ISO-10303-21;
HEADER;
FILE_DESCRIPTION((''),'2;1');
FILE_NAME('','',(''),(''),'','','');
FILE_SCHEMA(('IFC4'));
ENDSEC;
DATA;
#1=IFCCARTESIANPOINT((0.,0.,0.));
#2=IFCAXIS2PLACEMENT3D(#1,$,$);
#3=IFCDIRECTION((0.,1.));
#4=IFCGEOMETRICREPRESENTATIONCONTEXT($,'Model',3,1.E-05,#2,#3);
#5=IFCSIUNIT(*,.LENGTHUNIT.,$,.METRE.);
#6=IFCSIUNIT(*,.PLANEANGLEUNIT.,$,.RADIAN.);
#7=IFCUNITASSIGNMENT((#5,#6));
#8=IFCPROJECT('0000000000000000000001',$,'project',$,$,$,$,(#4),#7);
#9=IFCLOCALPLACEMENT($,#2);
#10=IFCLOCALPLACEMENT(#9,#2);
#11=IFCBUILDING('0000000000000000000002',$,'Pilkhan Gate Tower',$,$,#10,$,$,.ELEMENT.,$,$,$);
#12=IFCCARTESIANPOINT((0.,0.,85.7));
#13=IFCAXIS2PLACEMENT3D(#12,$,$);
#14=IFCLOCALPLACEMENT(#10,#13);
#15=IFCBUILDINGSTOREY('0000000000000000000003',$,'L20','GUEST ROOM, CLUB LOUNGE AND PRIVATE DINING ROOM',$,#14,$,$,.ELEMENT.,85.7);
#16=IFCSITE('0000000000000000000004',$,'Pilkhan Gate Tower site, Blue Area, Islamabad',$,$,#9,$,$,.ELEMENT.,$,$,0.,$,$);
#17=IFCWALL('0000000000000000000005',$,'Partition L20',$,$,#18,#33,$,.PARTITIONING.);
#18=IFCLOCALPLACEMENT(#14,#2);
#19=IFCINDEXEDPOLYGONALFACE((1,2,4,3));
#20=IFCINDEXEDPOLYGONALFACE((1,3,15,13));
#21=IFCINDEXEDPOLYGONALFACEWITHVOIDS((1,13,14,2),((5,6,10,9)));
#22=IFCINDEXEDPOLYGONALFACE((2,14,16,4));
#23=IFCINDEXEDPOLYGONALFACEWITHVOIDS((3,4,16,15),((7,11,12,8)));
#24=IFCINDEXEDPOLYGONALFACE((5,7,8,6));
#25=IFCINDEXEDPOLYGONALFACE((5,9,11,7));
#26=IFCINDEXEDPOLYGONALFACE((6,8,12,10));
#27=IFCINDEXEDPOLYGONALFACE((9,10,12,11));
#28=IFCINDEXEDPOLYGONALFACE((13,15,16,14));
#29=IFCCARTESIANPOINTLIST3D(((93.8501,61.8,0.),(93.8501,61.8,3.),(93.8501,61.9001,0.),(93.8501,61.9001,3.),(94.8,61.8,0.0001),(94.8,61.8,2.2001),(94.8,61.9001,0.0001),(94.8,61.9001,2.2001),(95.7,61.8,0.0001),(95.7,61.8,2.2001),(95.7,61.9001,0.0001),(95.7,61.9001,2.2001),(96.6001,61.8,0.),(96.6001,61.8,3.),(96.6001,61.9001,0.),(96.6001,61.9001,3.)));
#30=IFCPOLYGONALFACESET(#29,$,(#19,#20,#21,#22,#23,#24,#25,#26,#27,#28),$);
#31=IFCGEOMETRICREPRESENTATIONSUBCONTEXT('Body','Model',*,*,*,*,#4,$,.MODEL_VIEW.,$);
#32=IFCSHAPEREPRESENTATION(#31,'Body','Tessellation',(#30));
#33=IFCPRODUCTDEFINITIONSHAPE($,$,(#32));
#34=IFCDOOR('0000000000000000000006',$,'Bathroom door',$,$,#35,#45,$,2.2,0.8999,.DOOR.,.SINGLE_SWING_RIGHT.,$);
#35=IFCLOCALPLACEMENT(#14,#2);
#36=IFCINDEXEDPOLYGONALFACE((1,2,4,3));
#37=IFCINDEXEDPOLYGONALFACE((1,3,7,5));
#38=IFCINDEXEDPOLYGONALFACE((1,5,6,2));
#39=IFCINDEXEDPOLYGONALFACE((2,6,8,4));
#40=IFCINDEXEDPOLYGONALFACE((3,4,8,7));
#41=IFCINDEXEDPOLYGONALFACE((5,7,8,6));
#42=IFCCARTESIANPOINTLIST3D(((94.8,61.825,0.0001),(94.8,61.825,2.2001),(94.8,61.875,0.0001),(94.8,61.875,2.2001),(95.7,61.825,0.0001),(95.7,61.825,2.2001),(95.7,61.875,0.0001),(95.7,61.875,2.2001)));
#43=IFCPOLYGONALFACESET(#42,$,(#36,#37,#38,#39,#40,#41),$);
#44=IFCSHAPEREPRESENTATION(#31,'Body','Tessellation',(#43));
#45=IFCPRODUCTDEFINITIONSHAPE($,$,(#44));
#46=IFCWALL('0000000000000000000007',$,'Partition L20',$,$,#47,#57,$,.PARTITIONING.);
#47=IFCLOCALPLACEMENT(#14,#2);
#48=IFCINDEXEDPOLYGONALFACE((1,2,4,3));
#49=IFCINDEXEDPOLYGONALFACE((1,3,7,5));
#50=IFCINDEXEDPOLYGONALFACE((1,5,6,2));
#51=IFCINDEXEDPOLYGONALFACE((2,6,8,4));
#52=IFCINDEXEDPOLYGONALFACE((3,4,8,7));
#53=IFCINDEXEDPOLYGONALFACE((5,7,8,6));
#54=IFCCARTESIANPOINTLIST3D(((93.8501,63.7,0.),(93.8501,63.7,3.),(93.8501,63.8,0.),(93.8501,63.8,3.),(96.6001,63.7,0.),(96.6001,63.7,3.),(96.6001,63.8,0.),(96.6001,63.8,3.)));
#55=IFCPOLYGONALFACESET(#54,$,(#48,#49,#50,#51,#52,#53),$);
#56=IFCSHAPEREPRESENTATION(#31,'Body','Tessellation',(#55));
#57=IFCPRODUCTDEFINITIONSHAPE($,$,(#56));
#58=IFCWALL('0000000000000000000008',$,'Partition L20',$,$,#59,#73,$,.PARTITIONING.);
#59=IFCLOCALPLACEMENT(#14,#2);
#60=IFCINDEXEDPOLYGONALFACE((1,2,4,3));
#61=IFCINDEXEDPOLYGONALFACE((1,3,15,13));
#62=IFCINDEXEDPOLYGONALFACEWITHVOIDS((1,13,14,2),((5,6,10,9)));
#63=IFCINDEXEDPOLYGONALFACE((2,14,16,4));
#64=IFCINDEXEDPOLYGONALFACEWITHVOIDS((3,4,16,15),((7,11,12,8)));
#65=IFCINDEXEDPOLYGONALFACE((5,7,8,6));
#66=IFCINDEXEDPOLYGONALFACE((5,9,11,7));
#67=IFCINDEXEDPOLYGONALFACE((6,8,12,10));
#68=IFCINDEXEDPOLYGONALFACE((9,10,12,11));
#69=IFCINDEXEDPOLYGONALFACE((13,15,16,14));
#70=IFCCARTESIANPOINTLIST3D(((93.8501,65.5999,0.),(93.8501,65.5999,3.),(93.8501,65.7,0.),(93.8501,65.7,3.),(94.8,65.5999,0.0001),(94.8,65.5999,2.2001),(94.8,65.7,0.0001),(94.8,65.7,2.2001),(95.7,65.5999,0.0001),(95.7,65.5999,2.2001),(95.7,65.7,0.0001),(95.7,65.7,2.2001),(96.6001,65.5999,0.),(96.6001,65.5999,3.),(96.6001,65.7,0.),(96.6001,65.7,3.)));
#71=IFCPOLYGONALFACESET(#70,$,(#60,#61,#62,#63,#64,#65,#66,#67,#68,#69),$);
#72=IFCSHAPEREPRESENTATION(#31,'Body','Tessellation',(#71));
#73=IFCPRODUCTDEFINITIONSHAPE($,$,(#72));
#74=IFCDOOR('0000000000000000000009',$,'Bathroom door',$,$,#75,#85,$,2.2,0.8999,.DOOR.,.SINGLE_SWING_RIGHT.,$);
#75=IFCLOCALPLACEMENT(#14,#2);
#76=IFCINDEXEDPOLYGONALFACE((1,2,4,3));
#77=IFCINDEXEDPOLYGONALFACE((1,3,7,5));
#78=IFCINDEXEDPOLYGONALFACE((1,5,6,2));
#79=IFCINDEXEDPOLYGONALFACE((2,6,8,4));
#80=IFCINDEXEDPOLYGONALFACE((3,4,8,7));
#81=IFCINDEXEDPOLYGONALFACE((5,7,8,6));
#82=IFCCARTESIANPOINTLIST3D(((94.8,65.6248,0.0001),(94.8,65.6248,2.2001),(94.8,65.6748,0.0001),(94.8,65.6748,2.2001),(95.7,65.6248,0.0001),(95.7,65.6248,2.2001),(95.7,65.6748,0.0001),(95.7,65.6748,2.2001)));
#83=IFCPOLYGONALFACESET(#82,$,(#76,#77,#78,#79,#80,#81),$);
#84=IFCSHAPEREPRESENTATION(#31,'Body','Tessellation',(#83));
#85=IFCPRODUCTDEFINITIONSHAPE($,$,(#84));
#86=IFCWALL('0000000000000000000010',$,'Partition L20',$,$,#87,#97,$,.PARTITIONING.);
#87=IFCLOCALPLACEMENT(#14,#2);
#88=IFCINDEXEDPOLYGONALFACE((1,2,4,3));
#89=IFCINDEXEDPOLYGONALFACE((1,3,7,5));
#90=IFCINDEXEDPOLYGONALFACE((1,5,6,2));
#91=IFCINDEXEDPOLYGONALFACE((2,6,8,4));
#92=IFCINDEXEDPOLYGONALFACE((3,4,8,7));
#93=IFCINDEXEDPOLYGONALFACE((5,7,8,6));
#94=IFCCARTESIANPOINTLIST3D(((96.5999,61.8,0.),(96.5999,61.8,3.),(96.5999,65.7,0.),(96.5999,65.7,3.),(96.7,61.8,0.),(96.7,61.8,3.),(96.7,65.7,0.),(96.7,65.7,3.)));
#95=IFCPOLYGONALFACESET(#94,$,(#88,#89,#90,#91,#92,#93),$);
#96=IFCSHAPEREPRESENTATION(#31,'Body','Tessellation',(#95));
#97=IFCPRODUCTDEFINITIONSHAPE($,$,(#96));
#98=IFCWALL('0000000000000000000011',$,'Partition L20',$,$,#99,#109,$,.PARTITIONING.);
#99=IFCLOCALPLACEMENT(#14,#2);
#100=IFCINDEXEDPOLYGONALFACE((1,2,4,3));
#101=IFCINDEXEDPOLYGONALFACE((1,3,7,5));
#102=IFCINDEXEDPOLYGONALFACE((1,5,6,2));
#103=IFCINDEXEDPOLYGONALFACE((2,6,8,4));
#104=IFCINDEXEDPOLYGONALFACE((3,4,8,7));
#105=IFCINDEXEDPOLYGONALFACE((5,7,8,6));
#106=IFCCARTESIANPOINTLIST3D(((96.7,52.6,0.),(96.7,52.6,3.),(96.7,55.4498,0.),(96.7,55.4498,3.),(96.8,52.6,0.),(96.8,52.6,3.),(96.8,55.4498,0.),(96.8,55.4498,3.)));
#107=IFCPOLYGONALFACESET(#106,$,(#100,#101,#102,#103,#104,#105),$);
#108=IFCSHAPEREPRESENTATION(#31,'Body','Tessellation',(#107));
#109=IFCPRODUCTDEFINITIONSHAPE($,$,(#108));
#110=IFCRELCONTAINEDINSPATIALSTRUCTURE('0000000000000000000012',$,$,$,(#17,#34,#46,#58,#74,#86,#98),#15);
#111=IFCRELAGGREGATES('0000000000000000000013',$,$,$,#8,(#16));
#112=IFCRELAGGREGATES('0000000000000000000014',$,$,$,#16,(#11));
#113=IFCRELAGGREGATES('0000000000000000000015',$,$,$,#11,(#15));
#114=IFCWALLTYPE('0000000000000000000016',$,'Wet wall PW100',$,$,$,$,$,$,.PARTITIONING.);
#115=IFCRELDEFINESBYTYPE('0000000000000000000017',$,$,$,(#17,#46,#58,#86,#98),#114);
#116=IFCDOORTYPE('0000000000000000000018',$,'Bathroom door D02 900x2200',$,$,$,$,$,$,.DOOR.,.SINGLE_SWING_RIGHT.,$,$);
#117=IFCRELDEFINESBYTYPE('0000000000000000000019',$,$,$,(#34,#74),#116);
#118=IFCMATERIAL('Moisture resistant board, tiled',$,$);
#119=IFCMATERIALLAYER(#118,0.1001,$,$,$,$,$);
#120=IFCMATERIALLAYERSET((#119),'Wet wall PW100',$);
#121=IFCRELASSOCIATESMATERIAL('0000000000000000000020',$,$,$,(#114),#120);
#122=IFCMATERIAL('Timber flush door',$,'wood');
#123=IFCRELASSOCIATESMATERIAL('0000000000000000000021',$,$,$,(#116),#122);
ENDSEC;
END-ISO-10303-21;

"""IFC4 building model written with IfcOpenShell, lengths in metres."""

from ifc_helpers import new_model, si_unit, direction, frame, frame_2d, origin, place, context, subcontext, project, spatial, rectangle, extrude, material, layer, layer_set, type_object, element, fill, save


model = new_model("IFC4")

# Units and contexts
model_context = context("Model", 3, precision=1e-05, world=origin(), true_north=direction((0.0, 1.0)))
body_context = subcontext(model_context, "Body", "Model", "MODEL_VIEW")
ifc_project = project(units=[si_unit("LENGTHUNIT", "METRE"), si_unit("PLANEANGLEUNIT", "RADIAN")], contexts=[model_context])

# Site, building, storey
site_placement = place(None, origin())
site = spatial("IfcSite", under=ifc_project, at=site_placement, Name="Pilkhan Gate Tower site, Blue Area, Islamabad", CompositionType="ELEMENT", RefElevation=0.0)
building_placement = place(site_placement, origin())
building = spatial("IfcBuilding", under=site, at=building_placement, Name="Pilkhan Gate Tower", CompositionType="ELEMENT")
storey_placement = place(building_placement, frame((0.0, 0.0, 85.7)))
storey = spatial("IfcBuildingStorey", under=building, at=storey_placement, Name="L20", Description="GUEST ROOM, CLUB LOUNGE AND PRIVATE DINING ROOM", CompositionType="ELEMENT", Elevation=85.7)

# Wall, opening, door
ifc_material_1 = material(Name="Moisture resistant board, tiled")
ifc_layer_1 = layer(ifc_material_1, 0.1001)
ifc_layer_set_1 = layer_set([ifc_layer_1], Name="Wet wall PW100")
wall_type_1 = type_object("IfcWallType", Name="Wet wall PW100", PredefinedType="PARTITIONING", material=ifc_layer_set_1)
ifc_material_2 = material(Name="Timber flush door", Category="wood")
door_type = type_object("IfcDoorType", Name="Bathroom door D02 900x2200", OperationType="SINGLE_SWING_RIGHT", PredefinedType="DOOR", material=ifc_material_2)
wall_1_placement = place(storey_placement, frame((93.8501, 61.8501, 0.0), z_axis=(0.0, 0.0, 1.0), x_axis=(1.0, 0.0, 0.0)))
wall_1 = element("IfcWall", 1, at=wall_1_placement, inside=storey, type_object=wall_type_1, Name="Partition L20", PredefinedType="PARTITIONING", context=body_context, shape_type="SweptSolid", body=[
    extrude(rectangle(XDim=2.75, YDim=0.1001, at=frame_2d((1.375, 0.0))), origin(), (0.0, 0.0, 1.0), 3.0),
])
opening_1_placement = place(wall_1_placement, frame((0.95, 0.0, 0.0)))
opening_1 = element("IfcOpeningElement", 2, at=opening_1_placement, cuts=wall_1, PredefinedType="OPENING", context=body_context, shape_type="SweptSolid", body=[
    extrude(rectangle(XDim=0.8999, YDim=2.2, at=frame_2d((0.45, 1.1001))), frame((0.0, 0.0601, 0.0), z_axis=(0.0, -1.0, 0.0), x_axis=(1.0, 0.0, 0.0)), (0.0, 0.0, 1.0), 0.1201),
])
door_1_placement = place(opening_1_placement, origin())
door_1 = element("IfcDoor", 3, at=door_1_placement, inside=storey, type_object=door_type, Name="Bathroom door", OperationType="SINGLE_SWING_RIGHT", OverallHeight=2.2, OverallWidth=0.8999, PredefinedType="DOOR", context=body_context, shape_type="SweptSolid", body=[
    extrude(rectangle(XDim=0.8999, YDim=2.2, at=frame_2d((0.45, 1.1001))), frame((0.0, 0.0249, 0.0), z_axis=(0.0, -1.0, 0.0), x_axis=(1.0, 0.0, 0.0)), (0.0, 0.0, 1.0), 0.05),
])
fill(opening_1, door_1)

# Wall
wall_2_placement = place(storey_placement, frame((93.8501, 63.75, 0.0), z_axis=(0.0, 0.0, 1.0), x_axis=(1.0, 0.0, 0.0)))
element("IfcWall", 4, at=wall_2_placement, inside=storey, type_object=wall_type_1, Name="Partition L20", PredefinedType="PARTITIONING", context=body_context, shape_type="SweptSolid", body=[
    extrude(rectangle(XDim=2.75, YDim=0.1001, at=frame_2d((1.375, 0.0))), origin(), (0.0, 0.0, 1.0), 3.0),
])

# Wall, opening, door
wall_3_placement = place(storey_placement, frame((93.8501, 65.6499, 0.0), z_axis=(0.0, 0.0, 1.0), x_axis=(1.0, 0.0, 0.0)))
wall_3 = element("IfcWall", 5, at=wall_3_placement, inside=storey, type_object=wall_type_1, Name="Partition L20", PredefinedType="PARTITIONING", context=body_context, shape_type="SweptSolid", body=[
    extrude(rectangle(XDim=2.75, YDim=0.1001, at=frame_2d((1.375, 0.0))), origin(), (0.0, 0.0, 1.0), 3.0),
])
opening_2_placement = place(wall_3_placement, frame((0.95, 0.0, 0.0)))
opening_2 = element("IfcOpeningElement", 6, at=opening_2_placement, cuts=wall_3, PredefinedType="OPENING", context=body_context, shape_type="SweptSolid", body=[
    extrude(rectangle(XDim=0.8999, YDim=2.2, at=frame_2d((0.45, 1.1001))), frame((0.0, 0.0601, 0.0), z_axis=(0.0, -1.0, 0.0), x_axis=(1.0, 0.0, 0.0)), (0.0, 0.0, 1.0), 0.1201),
])
door_2_placement = place(opening_2_placement, origin())
door_2 = element("IfcDoor", 7, at=door_2_placement, inside=storey, type_object=door_type, Name="Bathroom door", OperationType="SINGLE_SWING_RIGHT", OverallHeight=2.2, OverallWidth=0.8999, PredefinedType="DOOR", context=body_context, shape_type="SweptSolid", body=[
    extrude(rectangle(XDim=0.8999, YDim=2.2, at=frame_2d((0.45, 1.1001))), frame((0.0, 0.0249, 0.0), z_axis=(0.0, -1.0, 0.0), x_axis=(1.0, 0.0, 0.0)), (0.0, 0.0, 1.0), 0.05),
])
fill(opening_2, door_2)

# Walls
wall_4_placement = place(storey_placement, frame((96.6499, 61.8, 0.0), z_axis=(0.0, 0.0, 1.0), x_axis=(0.0, 1.0, 0.0)))
element("IfcWall", 8, at=wall_4_placement, inside=storey, type_object=wall_type_1, Name="Partition L20", PredefinedType="PARTITIONING", context=body_context, shape_type="SweptSolid", body=[
    extrude(rectangle(XDim=3.8999, YDim=0.1001, at=frame_2d((1.95, 0.0))), origin(), (0.0, 0.0, 1.0), 3.0),
])
wall_5_placement = place(storey_placement, frame((96.75, 52.6001, 0.0), z_axis=(0.0, 0.0, 1.0), x_axis=(0.0, 1.0, 0.0)))
element("IfcWall", 9, at=wall_5_placement, inside=storey, type_object=wall_type_1, Name="Partition L20", PredefinedType="PARTITIONING", context=body_context, shape_type="SweptSolid", body=[
    extrude(rectangle(XDim=2.8499, YDim=0.1001, at=frame_2d((1.4248, 0.0))), origin(), (0.0, 0.0, 1.0), 3.0),
])

save(model, "model.ifc")
